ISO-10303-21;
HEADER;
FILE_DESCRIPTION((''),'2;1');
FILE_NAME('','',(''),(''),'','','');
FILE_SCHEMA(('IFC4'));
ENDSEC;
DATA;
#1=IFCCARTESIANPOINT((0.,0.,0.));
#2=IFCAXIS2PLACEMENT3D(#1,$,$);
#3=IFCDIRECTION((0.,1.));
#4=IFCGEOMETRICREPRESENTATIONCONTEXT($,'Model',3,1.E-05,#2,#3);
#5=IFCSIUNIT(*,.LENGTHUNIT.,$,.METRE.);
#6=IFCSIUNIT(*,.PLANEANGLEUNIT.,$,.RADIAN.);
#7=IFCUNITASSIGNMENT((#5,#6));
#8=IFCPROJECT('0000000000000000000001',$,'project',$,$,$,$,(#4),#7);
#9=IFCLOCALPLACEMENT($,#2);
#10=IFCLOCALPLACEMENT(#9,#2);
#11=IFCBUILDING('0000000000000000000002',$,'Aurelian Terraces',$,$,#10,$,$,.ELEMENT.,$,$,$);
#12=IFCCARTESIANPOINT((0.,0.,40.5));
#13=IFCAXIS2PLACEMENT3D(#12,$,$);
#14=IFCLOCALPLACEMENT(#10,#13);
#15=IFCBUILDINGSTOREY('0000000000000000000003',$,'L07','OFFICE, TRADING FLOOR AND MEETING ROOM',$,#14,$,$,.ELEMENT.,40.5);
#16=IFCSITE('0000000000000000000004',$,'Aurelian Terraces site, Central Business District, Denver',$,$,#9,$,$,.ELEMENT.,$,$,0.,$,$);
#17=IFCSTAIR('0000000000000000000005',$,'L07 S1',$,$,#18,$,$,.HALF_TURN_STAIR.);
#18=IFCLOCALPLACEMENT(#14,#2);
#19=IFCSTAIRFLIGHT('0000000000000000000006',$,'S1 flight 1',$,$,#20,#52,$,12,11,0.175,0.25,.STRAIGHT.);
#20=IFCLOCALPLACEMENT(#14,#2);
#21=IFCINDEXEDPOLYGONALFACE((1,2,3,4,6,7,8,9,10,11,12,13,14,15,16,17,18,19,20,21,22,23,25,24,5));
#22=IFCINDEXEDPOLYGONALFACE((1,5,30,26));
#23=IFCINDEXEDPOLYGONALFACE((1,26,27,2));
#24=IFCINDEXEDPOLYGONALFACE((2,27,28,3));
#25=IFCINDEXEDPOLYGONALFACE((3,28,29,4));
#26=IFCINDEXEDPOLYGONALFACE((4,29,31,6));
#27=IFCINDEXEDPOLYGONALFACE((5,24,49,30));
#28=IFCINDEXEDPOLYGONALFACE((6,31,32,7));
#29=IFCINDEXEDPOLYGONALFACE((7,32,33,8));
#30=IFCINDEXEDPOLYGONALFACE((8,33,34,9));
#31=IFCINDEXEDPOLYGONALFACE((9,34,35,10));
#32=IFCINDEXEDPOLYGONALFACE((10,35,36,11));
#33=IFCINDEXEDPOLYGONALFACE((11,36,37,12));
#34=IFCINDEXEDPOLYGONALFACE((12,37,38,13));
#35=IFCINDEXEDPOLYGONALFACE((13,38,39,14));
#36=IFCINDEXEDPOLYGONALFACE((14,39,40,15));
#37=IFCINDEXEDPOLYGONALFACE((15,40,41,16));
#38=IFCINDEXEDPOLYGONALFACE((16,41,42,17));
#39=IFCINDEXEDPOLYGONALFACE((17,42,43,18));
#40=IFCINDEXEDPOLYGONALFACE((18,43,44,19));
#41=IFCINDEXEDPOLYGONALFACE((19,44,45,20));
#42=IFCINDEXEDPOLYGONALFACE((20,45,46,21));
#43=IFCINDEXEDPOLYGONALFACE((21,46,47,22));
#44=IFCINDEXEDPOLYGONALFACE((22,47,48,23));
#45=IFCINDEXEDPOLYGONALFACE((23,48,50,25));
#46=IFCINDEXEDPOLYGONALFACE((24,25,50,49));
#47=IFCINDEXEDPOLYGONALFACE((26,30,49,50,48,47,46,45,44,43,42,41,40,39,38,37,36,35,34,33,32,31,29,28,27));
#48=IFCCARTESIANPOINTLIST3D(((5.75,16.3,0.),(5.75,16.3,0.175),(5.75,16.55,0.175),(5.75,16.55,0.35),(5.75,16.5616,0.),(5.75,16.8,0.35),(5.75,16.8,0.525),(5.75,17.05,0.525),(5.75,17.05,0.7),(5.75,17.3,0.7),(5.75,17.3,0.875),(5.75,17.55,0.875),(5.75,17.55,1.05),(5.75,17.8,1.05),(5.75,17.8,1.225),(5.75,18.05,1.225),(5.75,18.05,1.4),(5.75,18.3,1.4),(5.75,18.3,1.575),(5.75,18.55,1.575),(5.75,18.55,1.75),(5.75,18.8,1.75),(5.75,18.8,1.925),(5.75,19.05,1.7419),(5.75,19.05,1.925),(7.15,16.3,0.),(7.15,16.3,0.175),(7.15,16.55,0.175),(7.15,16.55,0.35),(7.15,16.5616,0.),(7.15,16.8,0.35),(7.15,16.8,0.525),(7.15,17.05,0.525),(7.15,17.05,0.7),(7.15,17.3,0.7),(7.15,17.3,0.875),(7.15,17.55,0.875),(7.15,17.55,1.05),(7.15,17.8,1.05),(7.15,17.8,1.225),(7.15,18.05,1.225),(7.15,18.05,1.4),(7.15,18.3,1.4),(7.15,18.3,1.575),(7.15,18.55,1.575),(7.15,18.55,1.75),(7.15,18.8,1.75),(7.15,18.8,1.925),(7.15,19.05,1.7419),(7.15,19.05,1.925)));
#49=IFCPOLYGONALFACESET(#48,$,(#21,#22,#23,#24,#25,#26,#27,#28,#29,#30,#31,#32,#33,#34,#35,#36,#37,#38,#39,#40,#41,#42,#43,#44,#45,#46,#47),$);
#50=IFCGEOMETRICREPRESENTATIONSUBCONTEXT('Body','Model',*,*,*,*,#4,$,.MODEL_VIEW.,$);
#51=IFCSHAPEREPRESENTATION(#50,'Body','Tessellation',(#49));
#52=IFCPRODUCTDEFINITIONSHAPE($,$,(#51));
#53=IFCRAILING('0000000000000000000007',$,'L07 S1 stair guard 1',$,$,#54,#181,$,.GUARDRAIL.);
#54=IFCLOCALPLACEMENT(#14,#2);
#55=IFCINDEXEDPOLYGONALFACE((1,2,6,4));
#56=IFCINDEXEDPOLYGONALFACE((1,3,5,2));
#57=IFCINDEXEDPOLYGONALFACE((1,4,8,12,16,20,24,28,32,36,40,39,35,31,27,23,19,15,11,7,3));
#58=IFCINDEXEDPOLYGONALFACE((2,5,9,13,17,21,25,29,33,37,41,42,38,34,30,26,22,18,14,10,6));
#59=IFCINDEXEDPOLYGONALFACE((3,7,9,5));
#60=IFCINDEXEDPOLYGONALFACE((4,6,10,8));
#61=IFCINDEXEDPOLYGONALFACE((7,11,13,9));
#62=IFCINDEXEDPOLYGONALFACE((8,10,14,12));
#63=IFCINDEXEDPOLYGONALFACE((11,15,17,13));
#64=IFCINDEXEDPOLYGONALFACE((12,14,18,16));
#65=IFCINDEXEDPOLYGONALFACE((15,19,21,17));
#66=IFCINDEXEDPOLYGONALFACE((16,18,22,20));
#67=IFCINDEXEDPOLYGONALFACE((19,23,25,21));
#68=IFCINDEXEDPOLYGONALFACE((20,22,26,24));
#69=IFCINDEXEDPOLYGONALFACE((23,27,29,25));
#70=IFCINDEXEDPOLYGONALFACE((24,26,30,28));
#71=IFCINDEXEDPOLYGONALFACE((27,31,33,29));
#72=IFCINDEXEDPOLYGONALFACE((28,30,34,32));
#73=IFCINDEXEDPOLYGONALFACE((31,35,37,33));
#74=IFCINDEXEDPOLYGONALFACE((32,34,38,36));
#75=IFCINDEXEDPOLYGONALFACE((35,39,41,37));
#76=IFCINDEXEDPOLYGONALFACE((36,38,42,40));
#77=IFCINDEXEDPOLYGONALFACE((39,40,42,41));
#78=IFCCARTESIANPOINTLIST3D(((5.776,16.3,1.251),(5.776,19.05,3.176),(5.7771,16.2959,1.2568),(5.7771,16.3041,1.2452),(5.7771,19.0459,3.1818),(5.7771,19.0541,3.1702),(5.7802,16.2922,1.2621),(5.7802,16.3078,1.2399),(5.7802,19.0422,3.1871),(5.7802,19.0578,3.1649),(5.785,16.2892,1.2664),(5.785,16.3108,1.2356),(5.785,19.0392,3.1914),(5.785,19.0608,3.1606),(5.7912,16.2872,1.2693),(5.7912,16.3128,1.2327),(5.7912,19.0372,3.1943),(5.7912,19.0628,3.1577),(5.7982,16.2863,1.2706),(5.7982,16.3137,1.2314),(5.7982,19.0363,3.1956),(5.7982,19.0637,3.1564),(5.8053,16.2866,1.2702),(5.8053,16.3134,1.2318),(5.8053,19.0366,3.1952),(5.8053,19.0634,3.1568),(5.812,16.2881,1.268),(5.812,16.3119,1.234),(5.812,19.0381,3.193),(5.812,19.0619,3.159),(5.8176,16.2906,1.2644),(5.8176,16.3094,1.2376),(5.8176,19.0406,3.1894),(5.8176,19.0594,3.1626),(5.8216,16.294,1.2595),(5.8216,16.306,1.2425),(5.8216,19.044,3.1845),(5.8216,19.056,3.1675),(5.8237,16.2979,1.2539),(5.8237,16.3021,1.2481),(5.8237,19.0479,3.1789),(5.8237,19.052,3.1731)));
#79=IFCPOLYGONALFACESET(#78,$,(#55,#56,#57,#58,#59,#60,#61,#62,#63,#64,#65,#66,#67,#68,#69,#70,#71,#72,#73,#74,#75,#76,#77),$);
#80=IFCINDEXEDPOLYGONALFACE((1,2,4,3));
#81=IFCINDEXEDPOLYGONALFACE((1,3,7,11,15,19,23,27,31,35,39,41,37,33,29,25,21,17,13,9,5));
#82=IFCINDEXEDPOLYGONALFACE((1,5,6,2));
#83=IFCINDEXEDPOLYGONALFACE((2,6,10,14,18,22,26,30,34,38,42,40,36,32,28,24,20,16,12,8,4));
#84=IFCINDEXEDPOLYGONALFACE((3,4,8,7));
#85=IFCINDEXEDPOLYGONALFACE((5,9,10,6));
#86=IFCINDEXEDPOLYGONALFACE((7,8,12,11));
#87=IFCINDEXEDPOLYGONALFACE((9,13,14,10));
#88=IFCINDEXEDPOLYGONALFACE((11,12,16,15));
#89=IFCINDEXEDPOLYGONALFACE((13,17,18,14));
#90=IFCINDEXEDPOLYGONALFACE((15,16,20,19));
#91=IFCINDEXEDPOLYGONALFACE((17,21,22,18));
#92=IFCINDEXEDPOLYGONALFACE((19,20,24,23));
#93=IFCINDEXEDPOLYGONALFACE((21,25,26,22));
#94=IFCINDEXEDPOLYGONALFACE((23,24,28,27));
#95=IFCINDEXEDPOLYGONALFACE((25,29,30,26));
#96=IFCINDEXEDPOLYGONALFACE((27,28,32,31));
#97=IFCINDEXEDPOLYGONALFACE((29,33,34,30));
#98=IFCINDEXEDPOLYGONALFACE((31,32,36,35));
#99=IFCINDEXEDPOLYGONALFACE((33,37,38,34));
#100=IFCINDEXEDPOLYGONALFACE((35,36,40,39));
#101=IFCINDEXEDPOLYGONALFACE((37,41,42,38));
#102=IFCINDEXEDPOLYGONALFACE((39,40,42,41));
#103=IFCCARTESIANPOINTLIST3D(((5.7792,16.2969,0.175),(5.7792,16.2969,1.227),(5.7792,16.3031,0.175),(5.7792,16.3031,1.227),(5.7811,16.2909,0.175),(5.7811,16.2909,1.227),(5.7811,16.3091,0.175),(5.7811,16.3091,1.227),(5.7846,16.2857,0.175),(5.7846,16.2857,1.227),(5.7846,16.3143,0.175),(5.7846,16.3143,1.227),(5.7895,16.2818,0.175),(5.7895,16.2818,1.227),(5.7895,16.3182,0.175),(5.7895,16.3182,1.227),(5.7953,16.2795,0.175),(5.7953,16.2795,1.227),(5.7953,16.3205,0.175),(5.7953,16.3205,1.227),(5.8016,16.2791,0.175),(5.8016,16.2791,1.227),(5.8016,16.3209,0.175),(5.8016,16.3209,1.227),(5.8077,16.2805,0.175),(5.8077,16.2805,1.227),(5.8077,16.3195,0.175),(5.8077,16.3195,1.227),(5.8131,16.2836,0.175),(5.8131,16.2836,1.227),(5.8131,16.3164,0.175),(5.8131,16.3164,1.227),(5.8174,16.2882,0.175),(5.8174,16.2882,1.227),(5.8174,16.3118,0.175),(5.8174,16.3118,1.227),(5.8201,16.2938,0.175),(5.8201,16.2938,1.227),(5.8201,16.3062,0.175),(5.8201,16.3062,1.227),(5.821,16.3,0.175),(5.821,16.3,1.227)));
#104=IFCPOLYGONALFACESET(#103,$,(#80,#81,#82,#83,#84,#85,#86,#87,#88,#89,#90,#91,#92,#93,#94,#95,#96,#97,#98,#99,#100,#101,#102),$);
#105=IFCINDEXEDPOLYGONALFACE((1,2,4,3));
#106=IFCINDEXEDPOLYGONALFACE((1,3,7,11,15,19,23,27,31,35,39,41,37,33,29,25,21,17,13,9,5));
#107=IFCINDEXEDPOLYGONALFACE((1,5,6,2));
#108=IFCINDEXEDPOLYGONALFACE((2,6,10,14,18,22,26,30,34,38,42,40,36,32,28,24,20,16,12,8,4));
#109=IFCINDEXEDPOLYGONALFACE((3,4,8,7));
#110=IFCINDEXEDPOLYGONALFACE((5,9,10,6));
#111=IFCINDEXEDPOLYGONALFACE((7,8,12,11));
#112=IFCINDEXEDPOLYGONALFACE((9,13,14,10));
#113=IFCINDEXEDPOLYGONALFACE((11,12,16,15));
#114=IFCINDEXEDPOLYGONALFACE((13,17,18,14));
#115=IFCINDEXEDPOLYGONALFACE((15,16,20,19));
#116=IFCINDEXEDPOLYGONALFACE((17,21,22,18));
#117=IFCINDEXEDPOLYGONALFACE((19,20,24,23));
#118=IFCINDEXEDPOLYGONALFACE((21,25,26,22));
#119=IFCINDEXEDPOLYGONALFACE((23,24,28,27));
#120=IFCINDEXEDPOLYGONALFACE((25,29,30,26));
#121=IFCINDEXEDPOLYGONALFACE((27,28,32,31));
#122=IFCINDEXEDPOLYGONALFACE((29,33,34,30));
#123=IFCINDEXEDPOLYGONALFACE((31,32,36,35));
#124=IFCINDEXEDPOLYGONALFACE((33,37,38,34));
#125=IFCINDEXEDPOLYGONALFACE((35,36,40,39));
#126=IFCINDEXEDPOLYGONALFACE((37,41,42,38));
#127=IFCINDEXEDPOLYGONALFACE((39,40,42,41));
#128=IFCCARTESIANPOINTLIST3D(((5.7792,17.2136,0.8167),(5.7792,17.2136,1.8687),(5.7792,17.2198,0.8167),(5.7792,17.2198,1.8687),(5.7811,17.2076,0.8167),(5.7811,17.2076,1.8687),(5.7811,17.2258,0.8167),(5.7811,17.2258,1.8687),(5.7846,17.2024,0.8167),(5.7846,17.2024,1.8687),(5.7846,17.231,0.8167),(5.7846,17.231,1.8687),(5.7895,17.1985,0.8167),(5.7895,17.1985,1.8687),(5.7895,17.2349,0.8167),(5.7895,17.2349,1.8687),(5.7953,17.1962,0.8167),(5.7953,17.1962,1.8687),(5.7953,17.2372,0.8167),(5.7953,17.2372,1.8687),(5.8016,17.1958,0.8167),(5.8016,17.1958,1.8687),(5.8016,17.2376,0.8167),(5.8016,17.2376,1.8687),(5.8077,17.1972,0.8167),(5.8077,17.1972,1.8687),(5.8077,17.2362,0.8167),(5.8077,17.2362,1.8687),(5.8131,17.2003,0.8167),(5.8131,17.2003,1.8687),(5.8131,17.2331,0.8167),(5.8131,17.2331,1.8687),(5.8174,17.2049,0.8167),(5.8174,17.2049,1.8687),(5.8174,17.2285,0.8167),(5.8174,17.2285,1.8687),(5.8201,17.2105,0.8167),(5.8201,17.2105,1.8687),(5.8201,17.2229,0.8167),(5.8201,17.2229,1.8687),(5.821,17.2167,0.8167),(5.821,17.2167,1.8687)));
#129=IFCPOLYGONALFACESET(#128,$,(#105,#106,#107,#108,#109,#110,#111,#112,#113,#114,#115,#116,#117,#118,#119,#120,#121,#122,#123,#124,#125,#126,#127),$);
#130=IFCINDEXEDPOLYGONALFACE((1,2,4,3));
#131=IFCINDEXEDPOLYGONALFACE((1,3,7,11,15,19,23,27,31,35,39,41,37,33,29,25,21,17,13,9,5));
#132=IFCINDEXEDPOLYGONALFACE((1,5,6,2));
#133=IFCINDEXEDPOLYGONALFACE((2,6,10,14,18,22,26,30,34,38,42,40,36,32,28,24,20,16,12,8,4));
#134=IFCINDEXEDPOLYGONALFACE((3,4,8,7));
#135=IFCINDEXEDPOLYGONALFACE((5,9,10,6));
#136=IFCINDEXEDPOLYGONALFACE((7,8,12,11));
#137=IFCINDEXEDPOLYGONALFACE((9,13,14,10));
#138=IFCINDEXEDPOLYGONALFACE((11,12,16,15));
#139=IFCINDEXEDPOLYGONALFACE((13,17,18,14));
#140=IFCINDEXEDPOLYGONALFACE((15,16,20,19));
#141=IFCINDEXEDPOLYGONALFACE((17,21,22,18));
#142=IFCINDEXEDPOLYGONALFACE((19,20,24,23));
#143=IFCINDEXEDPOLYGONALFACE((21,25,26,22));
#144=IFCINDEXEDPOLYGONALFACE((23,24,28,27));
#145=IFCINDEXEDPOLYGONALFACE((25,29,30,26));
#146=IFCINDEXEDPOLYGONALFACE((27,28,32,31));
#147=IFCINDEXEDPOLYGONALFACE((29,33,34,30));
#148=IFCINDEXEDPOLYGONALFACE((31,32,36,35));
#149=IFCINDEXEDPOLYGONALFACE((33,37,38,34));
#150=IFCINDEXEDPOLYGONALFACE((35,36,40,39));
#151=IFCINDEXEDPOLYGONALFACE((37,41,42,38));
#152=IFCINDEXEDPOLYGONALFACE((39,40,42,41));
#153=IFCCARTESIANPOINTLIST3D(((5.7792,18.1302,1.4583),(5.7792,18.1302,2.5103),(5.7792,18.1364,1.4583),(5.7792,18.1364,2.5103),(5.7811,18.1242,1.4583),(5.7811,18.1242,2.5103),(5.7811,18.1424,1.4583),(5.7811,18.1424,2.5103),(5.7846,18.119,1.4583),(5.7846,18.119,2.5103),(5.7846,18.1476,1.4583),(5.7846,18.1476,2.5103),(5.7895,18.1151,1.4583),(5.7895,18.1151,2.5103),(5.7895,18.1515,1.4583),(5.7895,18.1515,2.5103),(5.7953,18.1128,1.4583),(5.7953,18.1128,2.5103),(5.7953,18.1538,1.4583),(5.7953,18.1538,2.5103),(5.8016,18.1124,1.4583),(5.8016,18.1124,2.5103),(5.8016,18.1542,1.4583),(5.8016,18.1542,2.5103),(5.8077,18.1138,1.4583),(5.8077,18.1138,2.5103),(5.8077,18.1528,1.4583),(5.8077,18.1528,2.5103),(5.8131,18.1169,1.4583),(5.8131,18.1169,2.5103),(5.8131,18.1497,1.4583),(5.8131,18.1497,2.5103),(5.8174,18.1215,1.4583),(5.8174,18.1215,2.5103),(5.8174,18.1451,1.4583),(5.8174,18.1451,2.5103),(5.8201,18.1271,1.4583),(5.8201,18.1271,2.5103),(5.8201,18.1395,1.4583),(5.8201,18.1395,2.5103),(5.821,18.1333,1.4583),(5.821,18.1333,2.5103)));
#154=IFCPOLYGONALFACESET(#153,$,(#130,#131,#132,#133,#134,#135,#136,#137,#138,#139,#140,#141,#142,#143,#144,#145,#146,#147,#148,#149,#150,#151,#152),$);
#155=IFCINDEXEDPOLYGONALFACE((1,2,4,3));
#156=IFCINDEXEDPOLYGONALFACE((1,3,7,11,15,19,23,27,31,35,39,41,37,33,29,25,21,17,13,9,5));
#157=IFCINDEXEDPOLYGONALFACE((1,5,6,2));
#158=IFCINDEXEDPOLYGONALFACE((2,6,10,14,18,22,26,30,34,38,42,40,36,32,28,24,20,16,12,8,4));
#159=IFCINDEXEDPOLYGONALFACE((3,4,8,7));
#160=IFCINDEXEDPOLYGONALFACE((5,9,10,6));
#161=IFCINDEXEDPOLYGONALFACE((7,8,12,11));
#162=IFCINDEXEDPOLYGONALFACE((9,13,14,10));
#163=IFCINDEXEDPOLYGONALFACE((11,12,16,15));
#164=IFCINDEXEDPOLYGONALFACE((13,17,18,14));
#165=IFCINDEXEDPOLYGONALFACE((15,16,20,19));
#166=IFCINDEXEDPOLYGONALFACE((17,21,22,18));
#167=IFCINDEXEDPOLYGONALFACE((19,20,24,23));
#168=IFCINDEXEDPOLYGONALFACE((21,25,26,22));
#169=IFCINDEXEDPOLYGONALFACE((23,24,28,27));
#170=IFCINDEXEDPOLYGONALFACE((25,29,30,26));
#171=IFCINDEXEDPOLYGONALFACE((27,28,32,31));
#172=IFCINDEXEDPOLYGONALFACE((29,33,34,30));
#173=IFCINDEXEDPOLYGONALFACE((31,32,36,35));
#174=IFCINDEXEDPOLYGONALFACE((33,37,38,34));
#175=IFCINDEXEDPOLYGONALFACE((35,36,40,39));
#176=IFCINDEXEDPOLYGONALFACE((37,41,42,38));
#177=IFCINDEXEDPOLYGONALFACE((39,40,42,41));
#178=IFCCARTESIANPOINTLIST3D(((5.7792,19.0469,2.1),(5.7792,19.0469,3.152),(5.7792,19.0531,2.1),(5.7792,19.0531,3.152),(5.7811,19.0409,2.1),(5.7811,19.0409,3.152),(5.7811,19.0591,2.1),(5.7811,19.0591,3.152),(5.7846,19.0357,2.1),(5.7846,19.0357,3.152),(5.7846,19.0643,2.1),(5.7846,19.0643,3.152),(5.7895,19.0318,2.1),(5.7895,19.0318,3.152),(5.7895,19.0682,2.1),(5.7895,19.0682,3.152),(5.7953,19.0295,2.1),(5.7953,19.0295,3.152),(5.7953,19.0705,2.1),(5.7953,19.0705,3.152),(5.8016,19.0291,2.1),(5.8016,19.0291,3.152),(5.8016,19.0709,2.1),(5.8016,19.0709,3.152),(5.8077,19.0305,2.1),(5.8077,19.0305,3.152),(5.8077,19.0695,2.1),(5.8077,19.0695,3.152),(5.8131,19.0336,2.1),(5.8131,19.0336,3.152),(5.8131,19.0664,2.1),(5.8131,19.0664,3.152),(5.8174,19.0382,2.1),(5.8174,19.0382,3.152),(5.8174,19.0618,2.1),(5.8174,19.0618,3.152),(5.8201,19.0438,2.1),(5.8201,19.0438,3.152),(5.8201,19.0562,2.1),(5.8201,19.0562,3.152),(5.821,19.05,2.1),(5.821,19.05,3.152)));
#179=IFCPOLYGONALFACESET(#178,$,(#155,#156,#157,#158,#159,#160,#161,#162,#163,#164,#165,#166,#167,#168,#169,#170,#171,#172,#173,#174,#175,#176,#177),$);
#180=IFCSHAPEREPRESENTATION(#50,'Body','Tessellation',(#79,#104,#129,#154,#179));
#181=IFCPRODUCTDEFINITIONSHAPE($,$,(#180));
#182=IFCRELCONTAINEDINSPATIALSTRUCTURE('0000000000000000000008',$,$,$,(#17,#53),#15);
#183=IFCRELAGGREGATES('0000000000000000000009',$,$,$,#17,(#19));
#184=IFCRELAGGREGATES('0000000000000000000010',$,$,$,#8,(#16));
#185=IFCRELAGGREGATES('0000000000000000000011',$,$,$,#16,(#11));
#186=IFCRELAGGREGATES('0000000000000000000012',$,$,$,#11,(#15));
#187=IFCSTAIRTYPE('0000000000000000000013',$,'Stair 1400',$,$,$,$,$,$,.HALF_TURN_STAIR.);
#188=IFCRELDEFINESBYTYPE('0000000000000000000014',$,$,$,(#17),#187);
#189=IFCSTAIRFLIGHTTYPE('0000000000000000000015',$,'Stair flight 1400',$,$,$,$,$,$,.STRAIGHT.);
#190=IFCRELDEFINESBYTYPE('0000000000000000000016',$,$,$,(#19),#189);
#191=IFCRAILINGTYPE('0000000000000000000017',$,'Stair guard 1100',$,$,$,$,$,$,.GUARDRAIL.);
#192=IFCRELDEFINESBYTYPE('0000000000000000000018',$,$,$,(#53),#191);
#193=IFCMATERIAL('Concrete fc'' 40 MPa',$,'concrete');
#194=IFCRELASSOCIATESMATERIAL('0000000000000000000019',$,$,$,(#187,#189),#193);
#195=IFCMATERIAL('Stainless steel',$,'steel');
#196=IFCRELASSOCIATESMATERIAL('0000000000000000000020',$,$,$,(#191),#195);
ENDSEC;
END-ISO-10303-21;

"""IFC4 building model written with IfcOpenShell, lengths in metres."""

from ifc_helpers import new_model, si_unit, direction, frame, origin, origin_2d, place, context, subcontext, project, spatial, polyline, circle, outline, extrude, material, type_object, element, aggregate, save


model = new_model("IFC4")

# Units and contexts
model_context = context("Model", 3, precision=1e-05, world=origin(), true_north=direction((0.0, 1.0)))
body_context = subcontext(model_context, "Body", "Model", "MODEL_VIEW")
ifc_project = project(units=[si_unit("LENGTHUNIT", "METRE"), si_unit("PLANEANGLEUNIT", "RADIAN")], contexts=[model_context])

# Site, building, storey
site_placement = place(None, origin())
site = spatial("IfcSite", under=ifc_project, at=site_placement, Name="Aurelian Terraces site, Central Business District, Denver", CompositionType="ELEMENT", RefElevation=0.0)
building_placement = place(site_placement, origin())
building = spatial("IfcBuilding", under=site, at=building_placement, Name="Aurelian Terraces", CompositionType="ELEMENT")
storey_placement = place(building_placement, frame((0.0, 0.0, 40.5)))
storey = spatial("IfcBuildingStorey", under=building, at=storey_placement, Name="L07", Description="OFFICE, TRADING FLOOR AND MEETING ROOM", CompositionType="ELEMENT", Elevation=40.5)

# Shared definitions
ifc_material_1 = material(Name="Concrete fc' 40 MPa", Category="concrete")

# Stair, stair flight
stair_type = type_object("IfcStairType", Name="Stair 1400", PredefinedType="HALF_TURN_STAIR", material=ifc_material_1)
stair_placement = place(storey_placement, origin())
stair = element("IfcStair", 1, at=stair_placement, inside=storey, type_object=stair_type, Name="L07 S1", PredefinedType="HALF_TURN_STAIR")
stair_flight_type = type_object("IfcStairFlightType", Name="Stair flight 1400", PredefinedType="STRAIGHT", material=ifc_material_1)
stair_flight_placement = place(storey_placement, frame((6.45, 16.3, 0.0), z_axis=(0.0, 0.0, 1.0), x_axis=(0.0, 1.0, 0.0)))
stair_flight = element("IfcStairFlight", 2, at=stair_flight_placement, type_object=stair_flight_type, Name="S1 flight 1", NumberOfRisers=12, NumberOfTreads=11, PredefinedType="STRAIGHT", RiserHeight=0.175, TreadLength=0.25, context=body_context, shape_type="SweptSolid", body=[
    extrude(outline(polyline([(0.0, 0.0), (0.0, 0.175), (0.25, 0.175), (0.25, 0.35), (0.5, 0.35), (0.5, 0.525), (0.75, 0.525), (0.75, 0.7), (1.0, 0.7), (1.0, 0.875), (1.25, 0.875), (1.25, 1.05), (1.5, 1.05), (1.5, 1.225), (1.75, 1.225), (1.75, 1.4), (2.0, 1.4), (2.0, 1.575), (2.25, 1.575), (2.25, 1.75), (2.5, 1.75), (2.5, 1.925), (2.75, 1.925), (2.75, 2.1), (2.75, 1.7419), (0.2616, 0.0), (0.0, 0.0)])), frame((0.0, 0.7, 0.0), z_axis=(0.0, -1.0, 0.0), x_axis=(1.0, 0.0, 0.0)), (0.0, 0.0, 1.0), 1.4),
])
aggregate(stair, [stair_flight])

# Railing
ifc_material_2 = material(Name="Stainless steel", Category="steel")
railing_type_1 = type_object("IfcRailingType", Name="Stair guard 1100", PredefinedType="GUARDRAIL", material=ifc_material_2)
railing_1_placement = place(storey_placement, frame((5.8, 16.3, 0.175)))
element("IfcRailing", 3, at=railing_1_placement, inside=storey, type_object=railing_type_1, Name="L07 S1 stair guard 1", PredefinedType="GUARDRAIL", context=body_context, shape_type="SweptSolid", body=[
    extrude(circle(Radius=0.024, at=origin_2d()), frame((0.0, 0.0, 1.076), z_axis=(0.0, 0.819232, 0.573462), x_axis=(-1.0, 0.0, 0.0)), (0.0, 0.0, 1.0), 3.3568),
    extrude(circle(Radius=0.021, at=origin_2d()), origin(), (0.0, 0.0, 1.0), 1.052),
    extrude(circle(Radius=0.021, at=origin_2d()), frame((0.0, 0.9167, 0.6417)), (0.0, 0.0, 1.0), 1.052),
    extrude(circle(Radius=0.021, at=origin_2d()), frame((0.0, 1.8333, 1.2833)), (0.0, 0.0, 1.0), 1.052),
    extrude(circle(Radius=0.021, at=origin_2d()), frame((0.0, 2.75, 1.925)), (0.0, 0.0, 1.0), 1.052),
])

save(model, "model.ifc")
